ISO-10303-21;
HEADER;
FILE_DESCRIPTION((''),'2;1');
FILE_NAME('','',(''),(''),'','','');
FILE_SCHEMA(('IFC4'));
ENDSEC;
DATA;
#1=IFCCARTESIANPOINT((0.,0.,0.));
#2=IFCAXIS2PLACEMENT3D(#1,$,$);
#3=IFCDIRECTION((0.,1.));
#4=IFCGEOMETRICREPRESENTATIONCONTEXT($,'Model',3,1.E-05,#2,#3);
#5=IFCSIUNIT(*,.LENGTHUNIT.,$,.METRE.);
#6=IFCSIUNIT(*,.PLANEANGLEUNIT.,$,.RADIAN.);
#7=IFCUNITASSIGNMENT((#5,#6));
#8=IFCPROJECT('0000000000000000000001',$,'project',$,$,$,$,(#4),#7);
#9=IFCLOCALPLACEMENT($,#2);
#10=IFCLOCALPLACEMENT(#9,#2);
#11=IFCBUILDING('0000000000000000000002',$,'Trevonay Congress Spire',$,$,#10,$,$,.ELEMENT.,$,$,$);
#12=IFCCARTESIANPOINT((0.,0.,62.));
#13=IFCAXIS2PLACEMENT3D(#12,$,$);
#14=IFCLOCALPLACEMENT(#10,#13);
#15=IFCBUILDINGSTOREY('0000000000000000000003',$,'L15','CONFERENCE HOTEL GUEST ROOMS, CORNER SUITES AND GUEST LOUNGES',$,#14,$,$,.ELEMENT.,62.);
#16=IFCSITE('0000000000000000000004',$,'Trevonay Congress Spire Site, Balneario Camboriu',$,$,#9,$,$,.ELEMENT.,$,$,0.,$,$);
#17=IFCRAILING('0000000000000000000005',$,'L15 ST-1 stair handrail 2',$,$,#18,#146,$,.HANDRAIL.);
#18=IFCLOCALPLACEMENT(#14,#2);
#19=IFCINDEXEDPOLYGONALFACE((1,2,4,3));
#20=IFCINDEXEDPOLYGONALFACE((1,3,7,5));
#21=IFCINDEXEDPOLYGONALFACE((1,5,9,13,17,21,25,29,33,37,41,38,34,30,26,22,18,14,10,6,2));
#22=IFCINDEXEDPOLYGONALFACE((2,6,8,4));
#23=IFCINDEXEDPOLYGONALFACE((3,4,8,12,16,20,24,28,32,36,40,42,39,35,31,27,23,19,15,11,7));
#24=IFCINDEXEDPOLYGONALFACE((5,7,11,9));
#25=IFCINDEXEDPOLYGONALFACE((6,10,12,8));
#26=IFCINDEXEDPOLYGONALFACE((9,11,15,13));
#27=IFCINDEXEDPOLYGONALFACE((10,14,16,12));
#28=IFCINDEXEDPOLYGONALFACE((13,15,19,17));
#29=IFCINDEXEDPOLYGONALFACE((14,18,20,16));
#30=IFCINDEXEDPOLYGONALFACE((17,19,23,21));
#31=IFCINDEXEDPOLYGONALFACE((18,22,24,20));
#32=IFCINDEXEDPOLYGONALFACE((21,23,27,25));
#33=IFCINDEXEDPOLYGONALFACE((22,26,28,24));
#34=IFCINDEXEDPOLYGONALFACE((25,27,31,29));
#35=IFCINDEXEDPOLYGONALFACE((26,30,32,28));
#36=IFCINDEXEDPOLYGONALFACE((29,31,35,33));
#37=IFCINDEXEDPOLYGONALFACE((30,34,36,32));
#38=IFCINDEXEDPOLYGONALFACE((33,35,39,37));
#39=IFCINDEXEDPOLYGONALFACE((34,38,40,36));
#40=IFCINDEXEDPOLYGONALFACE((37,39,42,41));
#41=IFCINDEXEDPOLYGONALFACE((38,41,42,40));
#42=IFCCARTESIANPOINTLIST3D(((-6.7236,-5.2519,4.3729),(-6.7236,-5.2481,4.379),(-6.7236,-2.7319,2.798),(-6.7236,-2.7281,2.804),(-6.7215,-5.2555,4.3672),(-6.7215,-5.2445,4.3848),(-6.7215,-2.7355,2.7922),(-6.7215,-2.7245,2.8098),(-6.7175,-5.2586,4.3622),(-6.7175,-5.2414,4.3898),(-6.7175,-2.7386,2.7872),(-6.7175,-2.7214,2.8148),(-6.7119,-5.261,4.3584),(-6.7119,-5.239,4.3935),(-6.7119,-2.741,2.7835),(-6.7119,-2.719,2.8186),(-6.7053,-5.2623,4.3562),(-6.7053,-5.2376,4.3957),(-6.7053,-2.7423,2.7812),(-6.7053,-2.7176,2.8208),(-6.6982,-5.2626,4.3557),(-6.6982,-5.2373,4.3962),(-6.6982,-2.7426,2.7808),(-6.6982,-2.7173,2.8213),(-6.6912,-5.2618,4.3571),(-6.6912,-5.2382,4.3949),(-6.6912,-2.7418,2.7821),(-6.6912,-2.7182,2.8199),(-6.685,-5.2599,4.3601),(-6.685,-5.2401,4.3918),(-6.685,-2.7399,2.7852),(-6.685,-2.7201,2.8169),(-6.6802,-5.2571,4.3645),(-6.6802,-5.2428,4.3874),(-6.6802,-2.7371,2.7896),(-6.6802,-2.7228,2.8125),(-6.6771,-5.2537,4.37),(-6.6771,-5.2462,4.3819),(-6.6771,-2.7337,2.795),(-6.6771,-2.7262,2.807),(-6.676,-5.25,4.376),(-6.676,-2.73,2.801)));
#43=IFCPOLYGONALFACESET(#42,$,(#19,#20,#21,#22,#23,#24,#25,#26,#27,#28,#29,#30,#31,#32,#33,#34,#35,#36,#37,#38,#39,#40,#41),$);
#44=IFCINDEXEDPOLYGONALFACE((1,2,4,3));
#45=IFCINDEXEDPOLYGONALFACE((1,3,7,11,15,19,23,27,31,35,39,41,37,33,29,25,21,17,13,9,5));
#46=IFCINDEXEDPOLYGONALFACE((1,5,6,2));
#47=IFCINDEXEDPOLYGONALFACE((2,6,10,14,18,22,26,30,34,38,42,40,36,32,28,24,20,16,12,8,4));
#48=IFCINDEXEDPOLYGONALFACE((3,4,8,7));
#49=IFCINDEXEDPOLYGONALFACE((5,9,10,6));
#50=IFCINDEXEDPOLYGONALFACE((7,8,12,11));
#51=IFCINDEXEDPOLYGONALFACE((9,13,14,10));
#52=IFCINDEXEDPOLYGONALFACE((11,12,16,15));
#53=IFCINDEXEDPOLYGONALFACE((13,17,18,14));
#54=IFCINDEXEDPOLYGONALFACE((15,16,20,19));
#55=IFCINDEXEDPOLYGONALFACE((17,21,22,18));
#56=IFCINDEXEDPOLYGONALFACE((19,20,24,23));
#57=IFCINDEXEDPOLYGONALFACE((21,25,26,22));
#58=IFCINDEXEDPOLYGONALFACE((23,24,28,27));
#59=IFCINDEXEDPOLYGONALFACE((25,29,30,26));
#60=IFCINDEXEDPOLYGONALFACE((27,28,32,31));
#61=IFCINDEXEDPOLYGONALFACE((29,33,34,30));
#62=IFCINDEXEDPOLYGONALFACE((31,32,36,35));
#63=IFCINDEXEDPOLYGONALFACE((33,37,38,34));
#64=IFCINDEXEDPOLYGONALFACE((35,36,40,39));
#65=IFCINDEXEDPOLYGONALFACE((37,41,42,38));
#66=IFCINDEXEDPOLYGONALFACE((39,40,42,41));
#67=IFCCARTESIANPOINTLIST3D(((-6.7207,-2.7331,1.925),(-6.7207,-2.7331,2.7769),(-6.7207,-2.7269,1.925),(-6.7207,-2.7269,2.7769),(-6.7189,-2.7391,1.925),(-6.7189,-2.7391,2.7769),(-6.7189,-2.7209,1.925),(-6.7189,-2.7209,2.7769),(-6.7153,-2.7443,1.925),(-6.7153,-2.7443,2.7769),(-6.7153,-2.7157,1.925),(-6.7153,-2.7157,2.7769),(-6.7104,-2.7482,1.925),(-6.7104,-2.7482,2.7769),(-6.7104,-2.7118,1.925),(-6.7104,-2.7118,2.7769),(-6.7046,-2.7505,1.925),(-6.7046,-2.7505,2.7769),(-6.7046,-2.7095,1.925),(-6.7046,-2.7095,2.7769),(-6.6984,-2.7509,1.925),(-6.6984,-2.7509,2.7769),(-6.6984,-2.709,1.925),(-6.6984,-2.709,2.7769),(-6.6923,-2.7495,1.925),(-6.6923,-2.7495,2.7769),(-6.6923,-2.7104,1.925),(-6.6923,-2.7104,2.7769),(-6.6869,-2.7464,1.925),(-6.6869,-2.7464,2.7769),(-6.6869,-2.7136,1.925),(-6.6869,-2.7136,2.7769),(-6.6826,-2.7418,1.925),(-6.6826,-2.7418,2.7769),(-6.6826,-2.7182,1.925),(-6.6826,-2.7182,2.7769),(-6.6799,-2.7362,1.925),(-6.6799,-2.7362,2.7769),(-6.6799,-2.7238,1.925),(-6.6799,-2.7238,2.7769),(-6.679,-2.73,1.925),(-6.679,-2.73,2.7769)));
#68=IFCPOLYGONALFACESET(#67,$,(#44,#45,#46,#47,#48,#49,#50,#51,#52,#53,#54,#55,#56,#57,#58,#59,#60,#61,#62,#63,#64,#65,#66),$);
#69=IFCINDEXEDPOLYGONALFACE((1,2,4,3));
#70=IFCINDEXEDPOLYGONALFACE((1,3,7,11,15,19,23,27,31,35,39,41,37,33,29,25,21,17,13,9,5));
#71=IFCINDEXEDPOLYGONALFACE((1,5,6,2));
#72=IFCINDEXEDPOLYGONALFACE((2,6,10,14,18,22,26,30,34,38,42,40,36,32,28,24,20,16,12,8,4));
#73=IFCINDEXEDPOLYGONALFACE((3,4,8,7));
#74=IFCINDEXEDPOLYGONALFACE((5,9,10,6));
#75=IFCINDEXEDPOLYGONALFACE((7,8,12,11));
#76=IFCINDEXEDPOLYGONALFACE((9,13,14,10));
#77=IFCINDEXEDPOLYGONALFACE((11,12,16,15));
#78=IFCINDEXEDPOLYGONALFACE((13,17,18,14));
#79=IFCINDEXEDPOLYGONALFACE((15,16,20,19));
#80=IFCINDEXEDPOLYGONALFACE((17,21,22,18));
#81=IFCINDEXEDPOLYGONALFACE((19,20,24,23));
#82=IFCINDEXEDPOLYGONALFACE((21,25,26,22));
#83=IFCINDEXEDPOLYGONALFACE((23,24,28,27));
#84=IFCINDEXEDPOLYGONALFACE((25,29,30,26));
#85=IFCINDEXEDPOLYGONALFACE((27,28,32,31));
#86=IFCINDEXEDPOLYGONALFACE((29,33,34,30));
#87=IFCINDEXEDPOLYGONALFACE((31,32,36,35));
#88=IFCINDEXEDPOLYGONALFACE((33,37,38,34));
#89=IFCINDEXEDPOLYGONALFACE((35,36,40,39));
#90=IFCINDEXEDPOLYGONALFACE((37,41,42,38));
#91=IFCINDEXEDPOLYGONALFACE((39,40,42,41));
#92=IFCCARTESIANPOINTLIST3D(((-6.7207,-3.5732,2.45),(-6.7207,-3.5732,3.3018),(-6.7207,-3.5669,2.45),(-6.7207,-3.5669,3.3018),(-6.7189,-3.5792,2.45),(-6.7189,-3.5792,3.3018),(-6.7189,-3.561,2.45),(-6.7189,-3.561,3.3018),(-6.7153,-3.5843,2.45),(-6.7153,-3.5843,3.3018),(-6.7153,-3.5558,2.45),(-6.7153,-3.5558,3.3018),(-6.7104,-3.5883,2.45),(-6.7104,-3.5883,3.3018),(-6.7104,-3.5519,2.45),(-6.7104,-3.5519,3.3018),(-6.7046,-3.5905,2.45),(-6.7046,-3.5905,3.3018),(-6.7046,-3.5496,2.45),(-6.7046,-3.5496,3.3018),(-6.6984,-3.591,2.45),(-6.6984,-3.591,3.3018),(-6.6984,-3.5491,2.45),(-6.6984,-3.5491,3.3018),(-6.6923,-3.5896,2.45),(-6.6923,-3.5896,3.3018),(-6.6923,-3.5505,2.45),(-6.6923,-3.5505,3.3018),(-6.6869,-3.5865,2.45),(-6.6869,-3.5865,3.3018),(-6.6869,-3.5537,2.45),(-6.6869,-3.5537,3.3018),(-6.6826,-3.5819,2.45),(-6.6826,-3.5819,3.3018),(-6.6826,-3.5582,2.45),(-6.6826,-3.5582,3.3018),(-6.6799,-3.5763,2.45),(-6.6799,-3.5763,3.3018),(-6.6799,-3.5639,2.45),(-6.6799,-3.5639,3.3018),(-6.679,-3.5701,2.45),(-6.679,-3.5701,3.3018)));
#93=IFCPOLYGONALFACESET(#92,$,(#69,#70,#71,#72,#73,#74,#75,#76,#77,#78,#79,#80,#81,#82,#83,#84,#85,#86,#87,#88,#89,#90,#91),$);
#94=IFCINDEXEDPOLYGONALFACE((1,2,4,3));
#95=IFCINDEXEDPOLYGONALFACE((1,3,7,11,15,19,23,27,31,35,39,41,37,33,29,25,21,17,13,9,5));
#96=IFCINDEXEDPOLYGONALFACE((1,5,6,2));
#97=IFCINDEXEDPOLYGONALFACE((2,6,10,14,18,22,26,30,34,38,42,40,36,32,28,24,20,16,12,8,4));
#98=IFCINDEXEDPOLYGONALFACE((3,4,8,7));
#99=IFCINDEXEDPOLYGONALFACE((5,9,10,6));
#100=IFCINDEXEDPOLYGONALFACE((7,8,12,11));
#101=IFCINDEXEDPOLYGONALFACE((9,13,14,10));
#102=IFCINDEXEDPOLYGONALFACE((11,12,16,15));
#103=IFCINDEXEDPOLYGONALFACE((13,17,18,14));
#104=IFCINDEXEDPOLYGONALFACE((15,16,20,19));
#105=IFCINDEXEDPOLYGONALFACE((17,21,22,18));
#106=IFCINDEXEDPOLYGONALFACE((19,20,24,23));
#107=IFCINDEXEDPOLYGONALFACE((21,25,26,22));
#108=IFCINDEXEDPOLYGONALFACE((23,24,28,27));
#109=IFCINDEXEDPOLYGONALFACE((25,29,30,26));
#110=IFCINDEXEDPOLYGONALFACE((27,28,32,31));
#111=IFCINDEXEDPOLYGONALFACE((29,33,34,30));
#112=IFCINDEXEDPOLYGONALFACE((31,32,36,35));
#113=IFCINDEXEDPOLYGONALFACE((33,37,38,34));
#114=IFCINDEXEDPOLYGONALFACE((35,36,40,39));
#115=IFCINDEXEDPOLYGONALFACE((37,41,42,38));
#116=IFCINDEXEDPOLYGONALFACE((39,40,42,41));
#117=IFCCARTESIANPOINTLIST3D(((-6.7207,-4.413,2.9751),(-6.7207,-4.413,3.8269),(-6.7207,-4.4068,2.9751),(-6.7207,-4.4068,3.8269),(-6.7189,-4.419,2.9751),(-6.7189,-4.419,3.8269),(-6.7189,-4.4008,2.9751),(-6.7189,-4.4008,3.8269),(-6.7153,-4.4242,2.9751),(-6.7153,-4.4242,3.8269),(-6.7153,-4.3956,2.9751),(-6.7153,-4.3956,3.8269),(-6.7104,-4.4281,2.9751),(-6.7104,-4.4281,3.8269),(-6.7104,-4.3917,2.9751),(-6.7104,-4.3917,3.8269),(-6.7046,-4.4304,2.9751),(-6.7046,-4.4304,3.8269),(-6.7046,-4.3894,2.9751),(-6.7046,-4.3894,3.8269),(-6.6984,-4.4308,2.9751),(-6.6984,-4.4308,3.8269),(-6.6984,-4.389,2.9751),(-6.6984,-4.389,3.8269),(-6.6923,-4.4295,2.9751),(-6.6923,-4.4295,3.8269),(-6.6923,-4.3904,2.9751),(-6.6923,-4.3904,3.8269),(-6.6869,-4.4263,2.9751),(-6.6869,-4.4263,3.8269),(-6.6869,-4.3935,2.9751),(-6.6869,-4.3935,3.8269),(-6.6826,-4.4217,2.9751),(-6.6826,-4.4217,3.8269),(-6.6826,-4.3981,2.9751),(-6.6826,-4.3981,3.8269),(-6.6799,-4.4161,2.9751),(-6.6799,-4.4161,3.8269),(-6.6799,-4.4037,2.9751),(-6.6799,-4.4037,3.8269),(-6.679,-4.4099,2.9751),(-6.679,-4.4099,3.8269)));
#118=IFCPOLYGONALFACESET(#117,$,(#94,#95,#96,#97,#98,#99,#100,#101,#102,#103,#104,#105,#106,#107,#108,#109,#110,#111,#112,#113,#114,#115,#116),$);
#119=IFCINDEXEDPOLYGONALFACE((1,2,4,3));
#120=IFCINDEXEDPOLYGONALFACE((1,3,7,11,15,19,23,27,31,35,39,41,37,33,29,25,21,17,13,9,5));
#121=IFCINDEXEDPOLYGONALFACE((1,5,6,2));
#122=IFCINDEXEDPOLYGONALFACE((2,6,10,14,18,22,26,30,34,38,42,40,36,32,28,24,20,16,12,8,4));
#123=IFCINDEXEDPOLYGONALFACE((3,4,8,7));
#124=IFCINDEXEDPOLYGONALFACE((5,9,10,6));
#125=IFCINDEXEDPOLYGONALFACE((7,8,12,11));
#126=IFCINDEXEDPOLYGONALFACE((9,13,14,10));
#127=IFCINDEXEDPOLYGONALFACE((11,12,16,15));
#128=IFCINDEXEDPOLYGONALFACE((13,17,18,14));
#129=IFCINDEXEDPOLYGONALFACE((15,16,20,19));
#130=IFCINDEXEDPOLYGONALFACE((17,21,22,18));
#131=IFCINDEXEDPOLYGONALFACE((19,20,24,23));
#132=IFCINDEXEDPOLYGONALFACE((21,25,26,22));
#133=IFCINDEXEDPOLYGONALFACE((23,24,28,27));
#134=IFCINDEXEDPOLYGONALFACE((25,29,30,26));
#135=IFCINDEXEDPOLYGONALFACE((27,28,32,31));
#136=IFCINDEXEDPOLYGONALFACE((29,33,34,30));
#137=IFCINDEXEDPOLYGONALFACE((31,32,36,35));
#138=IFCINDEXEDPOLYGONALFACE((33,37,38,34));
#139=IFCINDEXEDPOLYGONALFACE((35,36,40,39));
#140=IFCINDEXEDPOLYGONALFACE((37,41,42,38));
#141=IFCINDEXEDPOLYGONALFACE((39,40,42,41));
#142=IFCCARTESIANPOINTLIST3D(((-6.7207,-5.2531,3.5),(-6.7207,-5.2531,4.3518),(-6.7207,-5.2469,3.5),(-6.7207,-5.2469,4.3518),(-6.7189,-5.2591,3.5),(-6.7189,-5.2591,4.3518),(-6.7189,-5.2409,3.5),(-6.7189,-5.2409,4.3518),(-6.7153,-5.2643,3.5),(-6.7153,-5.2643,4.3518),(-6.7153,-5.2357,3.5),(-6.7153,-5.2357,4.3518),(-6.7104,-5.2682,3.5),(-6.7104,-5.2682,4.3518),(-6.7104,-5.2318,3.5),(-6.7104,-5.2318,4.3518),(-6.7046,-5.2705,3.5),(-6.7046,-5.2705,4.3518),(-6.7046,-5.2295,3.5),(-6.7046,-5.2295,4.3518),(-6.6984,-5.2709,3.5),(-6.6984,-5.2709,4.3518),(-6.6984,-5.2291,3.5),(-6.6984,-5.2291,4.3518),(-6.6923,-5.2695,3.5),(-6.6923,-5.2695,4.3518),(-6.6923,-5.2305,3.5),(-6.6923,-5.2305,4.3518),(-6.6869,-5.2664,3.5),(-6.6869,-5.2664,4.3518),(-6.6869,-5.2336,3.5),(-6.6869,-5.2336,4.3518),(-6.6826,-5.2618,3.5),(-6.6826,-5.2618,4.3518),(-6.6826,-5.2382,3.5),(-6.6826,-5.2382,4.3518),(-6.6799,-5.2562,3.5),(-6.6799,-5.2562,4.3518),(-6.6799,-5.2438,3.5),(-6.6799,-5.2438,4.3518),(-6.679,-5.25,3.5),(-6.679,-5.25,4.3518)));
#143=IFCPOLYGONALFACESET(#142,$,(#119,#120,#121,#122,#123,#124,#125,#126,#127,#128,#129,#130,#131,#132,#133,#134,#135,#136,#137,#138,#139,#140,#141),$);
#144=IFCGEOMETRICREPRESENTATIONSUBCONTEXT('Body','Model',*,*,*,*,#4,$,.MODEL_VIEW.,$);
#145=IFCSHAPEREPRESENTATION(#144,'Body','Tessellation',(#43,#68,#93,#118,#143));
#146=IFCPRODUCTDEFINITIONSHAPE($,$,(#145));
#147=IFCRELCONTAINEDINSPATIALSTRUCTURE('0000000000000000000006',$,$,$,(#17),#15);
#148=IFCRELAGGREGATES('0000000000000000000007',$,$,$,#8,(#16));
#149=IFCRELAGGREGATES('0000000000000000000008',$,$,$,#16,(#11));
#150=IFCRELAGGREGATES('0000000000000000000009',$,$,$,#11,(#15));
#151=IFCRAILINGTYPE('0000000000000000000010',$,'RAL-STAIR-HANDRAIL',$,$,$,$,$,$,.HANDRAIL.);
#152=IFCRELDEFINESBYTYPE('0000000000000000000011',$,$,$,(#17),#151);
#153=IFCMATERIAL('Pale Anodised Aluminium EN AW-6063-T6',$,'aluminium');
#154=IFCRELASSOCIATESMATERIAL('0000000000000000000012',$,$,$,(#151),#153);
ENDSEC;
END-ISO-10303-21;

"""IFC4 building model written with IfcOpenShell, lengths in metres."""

from ifc_helpers import new_model, si_unit, direction, frame, origin, origin_2d, place, context, subcontext, project, spatial, circle, extrude, material, type_object, element, save


model = new_model("IFC4")

# Units and contexts
model_context = context("Model", 3, precision=1e-05, world=origin(), true_north=direction((0.0, 1.0)))
body_context = subcontext(model_context, "Body", "Model", "MODEL_VIEW")
ifc_project = project(units=[si_unit("LENGTHUNIT", "METRE"), si_unit("PLANEANGLEUNIT", "RADIAN")], contexts=[model_context])

# Site, building, storey
site_placement = place(None, origin())
site = spatial("IfcSite", under=ifc_project, at=site_placement, Name="Trevonay Congress Spire Site, Balneario Camboriu", CompositionType="ELEMENT", RefElevation=0.0)
building_placement = place(site_placement, origin())
building = spatial("IfcBuilding", under=site, at=building_placement, Name="Trevonay Congress Spire", CompositionType="ELEMENT")
storey_placement = place(building_placement, frame((0.0, 0.0, 62.0)))
storey = spatial("IfcBuildingStorey", under=building, at=storey_placement, Name="L15", Description="CONFERENCE HOTEL GUEST ROOMS, CORNER SUITES AND GUEST LOUNGES", CompositionType="ELEMENT", Elevation=62.0)

# Shared definitions
ifc_material_1 = material(Name="Pale Anodised Aluminium EN AW-6063-T6", Category="aluminium")

# Railing
railing_type_1 = type_object("IfcRailingType", Name="RAL-STAIR-HANDRAIL", PredefinedType="HANDRAIL", material=ifc_material_1)
railing_1_placement = place(storey_placement, frame((-6.7, -2.73, 1.925)))
element("IfcRailing", 1, at=railing_1_placement, inside=storey, type_object=railing_type_1, Name="L15 ST-1 stair handrail 2", PredefinedType="HANDRAIL", context=body_context, shape_type="SweptSolid", body=[
    extrude(circle(Radius=0.0239, at=origin_2d()), frame((0.0, 0.0, 0.876), z_axis=(0.0, -0.848008, 0.529984), x_axis=(1.0, 0.0, 0.0)), (0.0, 0.0, 1.0), 2.9717),
    extrude(circle(Radius=0.021, at=origin_2d()), origin(), (0.0, 0.0, 1.0), 0.8518),
    extrude(circle(Radius=0.021, at=origin_2d()), frame((0.0, -0.8401, 0.5249)), (0.0, 0.0, 1.0), 0.8518),
    extrude(circle(Radius=0.021, at=origin_2d()), frame((0.0, -1.6799, 1.05)), (0.0, 0.0, 1.0), 0.8518),
    extrude(circle(Radius=0.021, at=origin_2d()), frame((0.0, -2.52, 1.575)), (0.0, 0.0, 1.0), 0.8518),
])

save(model, "model.ifc")
